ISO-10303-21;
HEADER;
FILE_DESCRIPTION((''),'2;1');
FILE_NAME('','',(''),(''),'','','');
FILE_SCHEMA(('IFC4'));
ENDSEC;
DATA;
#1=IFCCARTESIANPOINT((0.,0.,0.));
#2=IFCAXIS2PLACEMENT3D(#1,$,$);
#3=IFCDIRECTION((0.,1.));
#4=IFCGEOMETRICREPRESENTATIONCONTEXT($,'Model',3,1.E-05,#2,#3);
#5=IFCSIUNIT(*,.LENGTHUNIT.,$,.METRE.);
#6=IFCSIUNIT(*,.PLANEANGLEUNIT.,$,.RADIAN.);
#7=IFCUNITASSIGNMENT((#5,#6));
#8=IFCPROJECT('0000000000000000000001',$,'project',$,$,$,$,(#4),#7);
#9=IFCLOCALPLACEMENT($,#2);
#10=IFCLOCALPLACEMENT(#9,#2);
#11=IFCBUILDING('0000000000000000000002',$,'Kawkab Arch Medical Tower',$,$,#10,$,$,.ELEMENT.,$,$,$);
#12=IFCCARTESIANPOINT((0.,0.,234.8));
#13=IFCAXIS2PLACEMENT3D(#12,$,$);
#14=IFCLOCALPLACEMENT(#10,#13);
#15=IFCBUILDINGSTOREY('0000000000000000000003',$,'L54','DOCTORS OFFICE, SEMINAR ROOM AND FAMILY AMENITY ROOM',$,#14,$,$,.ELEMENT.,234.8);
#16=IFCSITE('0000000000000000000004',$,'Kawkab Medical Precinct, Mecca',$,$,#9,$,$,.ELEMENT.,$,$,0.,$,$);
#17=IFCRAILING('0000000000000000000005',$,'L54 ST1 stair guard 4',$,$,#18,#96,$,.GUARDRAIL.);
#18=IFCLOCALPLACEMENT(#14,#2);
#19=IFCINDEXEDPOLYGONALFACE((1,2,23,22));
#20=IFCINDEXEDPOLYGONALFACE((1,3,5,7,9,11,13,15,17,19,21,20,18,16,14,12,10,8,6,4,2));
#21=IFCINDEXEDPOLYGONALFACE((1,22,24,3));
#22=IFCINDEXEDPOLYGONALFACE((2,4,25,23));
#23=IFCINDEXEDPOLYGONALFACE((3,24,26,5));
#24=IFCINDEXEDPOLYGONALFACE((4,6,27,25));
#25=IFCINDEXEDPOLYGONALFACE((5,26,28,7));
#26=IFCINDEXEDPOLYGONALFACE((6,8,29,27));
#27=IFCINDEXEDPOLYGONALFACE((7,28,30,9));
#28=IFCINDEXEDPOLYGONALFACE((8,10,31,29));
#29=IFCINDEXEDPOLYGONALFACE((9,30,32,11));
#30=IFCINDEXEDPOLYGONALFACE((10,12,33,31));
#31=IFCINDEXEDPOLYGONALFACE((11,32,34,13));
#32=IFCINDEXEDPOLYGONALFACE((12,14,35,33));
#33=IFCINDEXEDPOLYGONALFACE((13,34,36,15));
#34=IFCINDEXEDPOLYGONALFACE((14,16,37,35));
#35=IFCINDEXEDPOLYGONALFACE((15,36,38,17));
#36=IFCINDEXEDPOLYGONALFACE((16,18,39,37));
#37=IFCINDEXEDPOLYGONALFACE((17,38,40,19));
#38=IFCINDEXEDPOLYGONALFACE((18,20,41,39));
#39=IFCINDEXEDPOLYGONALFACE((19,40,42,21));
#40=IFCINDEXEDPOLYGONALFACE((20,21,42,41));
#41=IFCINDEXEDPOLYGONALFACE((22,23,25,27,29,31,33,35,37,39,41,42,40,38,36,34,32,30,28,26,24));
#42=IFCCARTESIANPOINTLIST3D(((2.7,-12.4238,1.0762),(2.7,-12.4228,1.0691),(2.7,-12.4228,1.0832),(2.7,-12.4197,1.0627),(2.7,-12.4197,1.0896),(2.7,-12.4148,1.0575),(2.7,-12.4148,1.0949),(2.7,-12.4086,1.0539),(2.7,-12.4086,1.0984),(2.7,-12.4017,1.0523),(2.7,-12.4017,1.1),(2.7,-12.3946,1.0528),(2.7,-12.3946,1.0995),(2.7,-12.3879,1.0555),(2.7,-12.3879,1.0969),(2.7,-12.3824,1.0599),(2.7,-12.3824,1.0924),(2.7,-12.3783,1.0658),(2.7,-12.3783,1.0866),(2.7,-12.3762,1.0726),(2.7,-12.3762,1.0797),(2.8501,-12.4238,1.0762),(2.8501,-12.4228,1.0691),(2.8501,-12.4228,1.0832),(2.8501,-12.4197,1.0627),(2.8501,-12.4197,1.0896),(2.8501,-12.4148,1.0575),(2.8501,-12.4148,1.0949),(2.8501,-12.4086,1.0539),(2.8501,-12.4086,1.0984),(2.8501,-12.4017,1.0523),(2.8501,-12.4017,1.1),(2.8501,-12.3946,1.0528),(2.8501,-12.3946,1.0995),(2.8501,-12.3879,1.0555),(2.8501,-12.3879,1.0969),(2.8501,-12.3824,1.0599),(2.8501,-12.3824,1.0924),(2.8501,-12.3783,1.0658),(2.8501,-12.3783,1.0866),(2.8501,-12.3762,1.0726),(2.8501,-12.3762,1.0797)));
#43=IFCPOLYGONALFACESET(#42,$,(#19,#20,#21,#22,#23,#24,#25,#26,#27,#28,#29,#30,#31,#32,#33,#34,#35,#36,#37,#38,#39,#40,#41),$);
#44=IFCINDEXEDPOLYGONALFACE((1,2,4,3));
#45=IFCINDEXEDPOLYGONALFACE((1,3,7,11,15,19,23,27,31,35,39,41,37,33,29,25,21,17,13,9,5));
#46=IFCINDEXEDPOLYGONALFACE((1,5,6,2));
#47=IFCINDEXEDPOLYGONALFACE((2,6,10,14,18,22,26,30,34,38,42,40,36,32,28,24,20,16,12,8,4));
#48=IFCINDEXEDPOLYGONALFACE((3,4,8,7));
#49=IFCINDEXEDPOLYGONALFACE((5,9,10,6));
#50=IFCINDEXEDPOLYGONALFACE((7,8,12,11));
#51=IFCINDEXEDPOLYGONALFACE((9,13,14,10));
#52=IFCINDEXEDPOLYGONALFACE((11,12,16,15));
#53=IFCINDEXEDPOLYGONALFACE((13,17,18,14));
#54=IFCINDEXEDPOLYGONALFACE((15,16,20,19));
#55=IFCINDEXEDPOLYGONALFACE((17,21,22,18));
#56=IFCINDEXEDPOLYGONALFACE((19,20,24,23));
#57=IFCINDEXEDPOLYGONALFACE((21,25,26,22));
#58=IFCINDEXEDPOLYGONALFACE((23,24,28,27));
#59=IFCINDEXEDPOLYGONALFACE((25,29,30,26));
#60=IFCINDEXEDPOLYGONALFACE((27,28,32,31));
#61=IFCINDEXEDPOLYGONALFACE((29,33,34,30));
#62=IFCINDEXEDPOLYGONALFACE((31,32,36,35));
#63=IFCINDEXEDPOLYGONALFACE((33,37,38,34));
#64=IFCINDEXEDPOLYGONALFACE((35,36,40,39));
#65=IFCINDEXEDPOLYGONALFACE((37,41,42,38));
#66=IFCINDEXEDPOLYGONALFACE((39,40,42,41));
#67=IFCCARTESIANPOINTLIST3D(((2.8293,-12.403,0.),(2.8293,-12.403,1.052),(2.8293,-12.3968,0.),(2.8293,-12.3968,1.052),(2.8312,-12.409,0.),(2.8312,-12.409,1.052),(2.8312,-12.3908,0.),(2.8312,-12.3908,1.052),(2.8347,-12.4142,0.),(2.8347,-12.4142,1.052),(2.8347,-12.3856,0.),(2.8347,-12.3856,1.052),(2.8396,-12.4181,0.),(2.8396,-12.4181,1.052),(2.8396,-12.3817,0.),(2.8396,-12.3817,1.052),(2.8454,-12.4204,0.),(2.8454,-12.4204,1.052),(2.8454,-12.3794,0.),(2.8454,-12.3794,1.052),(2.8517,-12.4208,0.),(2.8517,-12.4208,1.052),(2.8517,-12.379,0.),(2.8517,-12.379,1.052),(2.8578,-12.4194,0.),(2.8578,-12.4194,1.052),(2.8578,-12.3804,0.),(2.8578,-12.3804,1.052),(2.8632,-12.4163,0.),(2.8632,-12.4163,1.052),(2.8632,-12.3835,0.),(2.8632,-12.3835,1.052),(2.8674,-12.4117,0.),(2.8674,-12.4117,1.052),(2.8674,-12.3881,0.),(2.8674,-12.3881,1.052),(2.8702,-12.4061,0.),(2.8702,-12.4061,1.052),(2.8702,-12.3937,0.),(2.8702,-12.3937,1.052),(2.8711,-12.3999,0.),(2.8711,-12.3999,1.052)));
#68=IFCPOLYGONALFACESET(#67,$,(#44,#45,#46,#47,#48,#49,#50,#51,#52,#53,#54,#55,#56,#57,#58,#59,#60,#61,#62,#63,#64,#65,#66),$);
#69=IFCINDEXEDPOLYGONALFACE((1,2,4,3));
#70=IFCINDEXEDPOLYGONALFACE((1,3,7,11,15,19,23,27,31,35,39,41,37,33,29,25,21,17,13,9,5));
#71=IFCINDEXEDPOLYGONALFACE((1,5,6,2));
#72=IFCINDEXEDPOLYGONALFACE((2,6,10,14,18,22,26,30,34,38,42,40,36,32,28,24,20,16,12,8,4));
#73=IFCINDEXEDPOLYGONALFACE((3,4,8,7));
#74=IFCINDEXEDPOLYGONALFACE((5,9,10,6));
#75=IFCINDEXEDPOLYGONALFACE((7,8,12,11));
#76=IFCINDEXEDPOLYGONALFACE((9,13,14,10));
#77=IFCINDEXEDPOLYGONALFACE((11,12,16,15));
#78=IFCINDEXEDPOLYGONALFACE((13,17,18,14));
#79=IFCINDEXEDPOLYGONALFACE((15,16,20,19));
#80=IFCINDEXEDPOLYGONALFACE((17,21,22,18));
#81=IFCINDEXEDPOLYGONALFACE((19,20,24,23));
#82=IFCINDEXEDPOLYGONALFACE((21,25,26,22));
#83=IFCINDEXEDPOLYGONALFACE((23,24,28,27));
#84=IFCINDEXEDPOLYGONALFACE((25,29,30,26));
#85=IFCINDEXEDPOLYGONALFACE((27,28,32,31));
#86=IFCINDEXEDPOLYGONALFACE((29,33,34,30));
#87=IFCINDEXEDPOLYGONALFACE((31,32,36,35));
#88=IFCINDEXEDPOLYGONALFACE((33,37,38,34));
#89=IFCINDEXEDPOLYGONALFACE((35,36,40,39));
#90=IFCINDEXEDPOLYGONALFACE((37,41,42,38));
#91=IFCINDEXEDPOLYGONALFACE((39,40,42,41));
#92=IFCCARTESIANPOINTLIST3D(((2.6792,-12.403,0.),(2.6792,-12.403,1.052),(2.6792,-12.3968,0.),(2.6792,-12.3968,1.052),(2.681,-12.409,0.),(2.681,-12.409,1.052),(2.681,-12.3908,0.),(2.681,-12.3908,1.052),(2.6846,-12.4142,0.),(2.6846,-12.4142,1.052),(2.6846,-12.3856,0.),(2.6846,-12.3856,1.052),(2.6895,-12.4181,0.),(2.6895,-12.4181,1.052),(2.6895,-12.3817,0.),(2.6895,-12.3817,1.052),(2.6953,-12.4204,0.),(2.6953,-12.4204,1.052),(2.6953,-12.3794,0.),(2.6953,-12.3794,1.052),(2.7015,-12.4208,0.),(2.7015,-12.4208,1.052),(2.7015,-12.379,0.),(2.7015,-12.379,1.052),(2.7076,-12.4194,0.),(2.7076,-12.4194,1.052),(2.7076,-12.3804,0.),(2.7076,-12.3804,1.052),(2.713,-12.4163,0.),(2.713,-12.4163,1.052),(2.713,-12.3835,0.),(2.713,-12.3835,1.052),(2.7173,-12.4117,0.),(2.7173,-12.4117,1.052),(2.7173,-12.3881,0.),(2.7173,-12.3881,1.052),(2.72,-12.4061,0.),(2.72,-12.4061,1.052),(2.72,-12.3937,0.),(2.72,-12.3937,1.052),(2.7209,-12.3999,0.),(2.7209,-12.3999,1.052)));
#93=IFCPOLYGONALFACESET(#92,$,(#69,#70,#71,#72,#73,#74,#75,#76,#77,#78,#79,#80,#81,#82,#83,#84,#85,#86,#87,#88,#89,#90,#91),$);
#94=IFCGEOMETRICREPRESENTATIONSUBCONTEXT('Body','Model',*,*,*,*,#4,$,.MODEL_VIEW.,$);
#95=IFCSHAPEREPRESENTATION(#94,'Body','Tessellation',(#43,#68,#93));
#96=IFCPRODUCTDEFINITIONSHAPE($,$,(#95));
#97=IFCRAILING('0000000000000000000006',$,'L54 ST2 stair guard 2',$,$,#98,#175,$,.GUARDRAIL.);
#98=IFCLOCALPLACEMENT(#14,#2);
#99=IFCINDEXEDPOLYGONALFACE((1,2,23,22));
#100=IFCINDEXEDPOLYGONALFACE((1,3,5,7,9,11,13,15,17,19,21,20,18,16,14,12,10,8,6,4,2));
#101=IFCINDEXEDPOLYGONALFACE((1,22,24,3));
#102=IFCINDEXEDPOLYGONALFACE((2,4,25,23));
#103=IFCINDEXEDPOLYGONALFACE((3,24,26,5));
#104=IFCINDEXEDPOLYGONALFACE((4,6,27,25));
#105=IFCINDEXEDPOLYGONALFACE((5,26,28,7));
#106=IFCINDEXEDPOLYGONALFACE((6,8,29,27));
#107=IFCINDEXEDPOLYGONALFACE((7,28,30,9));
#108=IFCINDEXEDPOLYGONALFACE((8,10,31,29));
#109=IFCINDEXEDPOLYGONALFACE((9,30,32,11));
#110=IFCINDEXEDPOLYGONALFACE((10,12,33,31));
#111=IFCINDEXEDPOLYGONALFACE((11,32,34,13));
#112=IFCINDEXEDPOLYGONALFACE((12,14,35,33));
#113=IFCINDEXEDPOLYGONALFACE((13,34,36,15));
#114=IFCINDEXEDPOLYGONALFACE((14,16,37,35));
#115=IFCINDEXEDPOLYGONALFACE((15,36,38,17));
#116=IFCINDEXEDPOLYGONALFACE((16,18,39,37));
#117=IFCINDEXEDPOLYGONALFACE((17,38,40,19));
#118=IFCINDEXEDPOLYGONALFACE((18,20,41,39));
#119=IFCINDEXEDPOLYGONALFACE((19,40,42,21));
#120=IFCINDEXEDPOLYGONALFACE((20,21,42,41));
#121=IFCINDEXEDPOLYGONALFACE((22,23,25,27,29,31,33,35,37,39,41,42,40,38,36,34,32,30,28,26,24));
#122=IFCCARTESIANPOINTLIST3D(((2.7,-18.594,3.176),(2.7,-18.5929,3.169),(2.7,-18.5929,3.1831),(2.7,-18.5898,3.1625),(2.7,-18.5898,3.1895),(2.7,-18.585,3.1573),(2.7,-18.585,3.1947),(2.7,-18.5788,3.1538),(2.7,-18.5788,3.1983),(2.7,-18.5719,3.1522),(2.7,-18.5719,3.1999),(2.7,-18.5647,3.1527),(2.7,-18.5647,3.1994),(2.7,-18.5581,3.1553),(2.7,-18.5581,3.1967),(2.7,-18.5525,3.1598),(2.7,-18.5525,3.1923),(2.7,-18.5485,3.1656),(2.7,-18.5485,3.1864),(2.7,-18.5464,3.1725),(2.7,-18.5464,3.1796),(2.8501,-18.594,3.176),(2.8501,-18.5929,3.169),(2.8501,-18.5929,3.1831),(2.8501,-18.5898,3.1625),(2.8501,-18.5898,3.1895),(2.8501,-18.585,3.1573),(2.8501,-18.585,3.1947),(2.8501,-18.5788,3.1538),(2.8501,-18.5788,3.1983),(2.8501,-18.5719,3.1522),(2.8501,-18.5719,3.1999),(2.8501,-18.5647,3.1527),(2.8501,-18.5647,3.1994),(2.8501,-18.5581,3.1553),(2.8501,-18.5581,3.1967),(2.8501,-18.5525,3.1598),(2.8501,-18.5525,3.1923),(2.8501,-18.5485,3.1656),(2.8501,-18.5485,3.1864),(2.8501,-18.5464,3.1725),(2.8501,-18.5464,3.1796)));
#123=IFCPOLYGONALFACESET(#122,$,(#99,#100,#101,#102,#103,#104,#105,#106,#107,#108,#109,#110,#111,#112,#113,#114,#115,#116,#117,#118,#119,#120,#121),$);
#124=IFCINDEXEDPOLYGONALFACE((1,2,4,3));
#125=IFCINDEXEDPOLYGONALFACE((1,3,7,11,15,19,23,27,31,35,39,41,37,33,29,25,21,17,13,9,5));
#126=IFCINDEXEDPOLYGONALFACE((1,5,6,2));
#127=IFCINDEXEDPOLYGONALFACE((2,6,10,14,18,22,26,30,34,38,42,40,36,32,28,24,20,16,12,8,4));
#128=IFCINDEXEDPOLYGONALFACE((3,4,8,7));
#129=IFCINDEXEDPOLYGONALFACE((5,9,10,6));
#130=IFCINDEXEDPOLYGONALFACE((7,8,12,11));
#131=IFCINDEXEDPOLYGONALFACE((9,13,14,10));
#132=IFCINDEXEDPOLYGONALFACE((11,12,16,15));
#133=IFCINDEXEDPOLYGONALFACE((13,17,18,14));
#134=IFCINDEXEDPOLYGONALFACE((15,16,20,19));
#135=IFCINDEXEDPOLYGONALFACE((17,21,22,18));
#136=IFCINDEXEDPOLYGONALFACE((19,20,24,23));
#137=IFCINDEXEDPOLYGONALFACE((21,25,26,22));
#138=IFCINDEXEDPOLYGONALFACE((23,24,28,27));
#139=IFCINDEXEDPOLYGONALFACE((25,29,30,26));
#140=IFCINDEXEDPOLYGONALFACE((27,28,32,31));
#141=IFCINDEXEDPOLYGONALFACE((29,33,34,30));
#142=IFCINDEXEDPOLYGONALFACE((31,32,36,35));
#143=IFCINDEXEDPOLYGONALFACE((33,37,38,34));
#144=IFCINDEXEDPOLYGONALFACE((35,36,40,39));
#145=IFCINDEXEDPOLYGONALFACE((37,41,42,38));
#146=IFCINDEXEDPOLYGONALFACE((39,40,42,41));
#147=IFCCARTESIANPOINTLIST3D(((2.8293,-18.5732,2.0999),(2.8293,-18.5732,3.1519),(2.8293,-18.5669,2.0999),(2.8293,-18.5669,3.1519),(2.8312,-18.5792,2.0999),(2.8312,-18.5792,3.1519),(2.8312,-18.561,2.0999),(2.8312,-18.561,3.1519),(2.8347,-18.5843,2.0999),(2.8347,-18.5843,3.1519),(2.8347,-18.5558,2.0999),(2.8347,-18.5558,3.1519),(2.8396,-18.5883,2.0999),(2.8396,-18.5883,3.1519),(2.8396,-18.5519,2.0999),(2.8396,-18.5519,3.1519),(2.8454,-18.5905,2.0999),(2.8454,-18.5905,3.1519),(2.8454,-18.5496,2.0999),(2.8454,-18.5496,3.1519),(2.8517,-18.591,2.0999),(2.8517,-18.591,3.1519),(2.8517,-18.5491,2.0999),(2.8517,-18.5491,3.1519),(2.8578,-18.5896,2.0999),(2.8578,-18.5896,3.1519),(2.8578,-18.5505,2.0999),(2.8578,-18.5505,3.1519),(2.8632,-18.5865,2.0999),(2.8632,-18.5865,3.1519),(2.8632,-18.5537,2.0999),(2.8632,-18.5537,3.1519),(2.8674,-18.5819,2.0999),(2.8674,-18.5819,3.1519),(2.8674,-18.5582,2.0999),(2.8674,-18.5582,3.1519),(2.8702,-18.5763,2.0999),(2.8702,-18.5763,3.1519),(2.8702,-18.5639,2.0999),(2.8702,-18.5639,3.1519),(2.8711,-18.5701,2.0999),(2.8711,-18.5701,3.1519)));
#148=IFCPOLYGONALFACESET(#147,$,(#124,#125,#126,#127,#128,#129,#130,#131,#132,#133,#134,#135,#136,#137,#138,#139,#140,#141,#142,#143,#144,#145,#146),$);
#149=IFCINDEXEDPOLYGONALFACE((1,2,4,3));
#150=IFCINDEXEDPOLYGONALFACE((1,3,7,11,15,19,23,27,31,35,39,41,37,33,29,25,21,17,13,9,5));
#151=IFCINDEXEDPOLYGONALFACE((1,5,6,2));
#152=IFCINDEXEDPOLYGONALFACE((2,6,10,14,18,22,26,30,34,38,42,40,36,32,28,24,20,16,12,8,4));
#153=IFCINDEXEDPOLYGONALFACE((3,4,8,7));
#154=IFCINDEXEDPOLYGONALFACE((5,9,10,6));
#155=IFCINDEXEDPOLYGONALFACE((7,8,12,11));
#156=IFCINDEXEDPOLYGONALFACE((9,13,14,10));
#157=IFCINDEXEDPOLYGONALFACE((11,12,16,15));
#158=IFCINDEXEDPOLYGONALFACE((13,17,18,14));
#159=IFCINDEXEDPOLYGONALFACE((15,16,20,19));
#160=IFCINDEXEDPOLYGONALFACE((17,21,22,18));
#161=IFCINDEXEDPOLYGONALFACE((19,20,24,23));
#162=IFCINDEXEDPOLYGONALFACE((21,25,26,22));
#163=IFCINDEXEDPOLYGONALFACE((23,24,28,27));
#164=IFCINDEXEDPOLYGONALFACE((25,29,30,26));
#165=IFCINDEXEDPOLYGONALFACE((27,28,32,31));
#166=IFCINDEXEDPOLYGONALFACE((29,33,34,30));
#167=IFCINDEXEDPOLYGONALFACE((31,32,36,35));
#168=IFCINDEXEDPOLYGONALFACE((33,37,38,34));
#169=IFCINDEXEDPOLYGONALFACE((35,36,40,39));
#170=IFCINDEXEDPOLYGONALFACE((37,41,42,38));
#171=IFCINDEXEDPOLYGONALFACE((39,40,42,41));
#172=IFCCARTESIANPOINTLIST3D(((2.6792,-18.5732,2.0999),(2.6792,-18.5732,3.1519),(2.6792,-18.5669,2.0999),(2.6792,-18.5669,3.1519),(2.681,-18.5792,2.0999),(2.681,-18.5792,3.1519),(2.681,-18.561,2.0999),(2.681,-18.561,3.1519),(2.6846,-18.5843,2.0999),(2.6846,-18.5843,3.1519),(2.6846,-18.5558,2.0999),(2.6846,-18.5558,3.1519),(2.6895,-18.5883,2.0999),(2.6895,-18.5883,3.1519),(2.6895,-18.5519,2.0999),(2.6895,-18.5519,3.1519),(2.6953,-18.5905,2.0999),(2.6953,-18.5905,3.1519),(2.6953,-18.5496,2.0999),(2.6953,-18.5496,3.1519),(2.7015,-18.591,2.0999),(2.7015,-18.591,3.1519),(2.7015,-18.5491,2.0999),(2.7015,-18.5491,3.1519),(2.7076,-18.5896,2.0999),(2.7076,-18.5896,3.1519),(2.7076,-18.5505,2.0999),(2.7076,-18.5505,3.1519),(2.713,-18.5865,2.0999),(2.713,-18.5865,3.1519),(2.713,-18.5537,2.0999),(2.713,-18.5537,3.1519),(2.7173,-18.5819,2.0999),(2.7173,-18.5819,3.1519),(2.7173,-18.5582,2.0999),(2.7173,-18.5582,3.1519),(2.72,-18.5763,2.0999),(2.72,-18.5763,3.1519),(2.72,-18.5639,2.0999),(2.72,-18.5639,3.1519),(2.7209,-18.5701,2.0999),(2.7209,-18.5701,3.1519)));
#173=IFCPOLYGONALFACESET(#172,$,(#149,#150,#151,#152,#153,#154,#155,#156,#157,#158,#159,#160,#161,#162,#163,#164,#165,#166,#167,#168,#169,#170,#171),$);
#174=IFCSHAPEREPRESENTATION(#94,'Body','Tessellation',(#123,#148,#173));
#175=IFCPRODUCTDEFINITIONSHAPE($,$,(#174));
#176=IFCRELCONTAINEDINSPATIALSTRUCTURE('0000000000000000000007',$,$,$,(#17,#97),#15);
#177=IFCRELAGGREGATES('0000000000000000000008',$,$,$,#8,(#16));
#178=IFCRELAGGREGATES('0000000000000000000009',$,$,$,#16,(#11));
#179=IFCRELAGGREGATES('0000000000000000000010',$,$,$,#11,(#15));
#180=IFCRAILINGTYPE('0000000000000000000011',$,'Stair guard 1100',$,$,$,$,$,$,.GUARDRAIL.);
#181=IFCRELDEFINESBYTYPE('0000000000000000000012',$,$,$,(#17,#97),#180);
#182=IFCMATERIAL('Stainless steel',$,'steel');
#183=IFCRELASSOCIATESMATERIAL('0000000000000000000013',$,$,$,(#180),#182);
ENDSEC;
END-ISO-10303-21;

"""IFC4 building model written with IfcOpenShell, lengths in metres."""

from ifc_helpers import new_model, si_unit, direction, frame, origin, origin_2d, place, context, subcontext, project, spatial, circle, extrude, material, type_object, element, save


model = new_model("IFC4")

# Units and contexts
model_context = context("Model", 3, precision=1e-05, world=origin(), true_north=direction((0.0, 1.0)))
body_context = subcontext(model_context, "Body", "Model", "MODEL_VIEW")
ifc_project = project(units=[si_unit("LENGTHUNIT", "METRE"), si_unit("PLANEANGLEUNIT", "RADIAN")], contexts=[model_context])

# Site, building, storey
site_placement = place(None, origin())
site = spatial("IfcSite", under=ifc_project, at=site_placement, Name="Kawkab Medical Precinct, Mecca", CompositionType="ELEMENT", RefElevation=0.0)
building_placement = place(site_placement, origin())
building = spatial("IfcBuilding", under=site, at=building_placement, Name="Kawkab Arch Medical Tower", CompositionType="ELEMENT")
storey_placement = place(building_placement, frame((0.0, 0.0, 234.8)))
storey = spatial("IfcBuildingStorey", under=building, at=storey_placement, Name="L54", Description="DOCTORS OFFICE, SEMINAR ROOM AND FAMILY AMENITY ROOM", CompositionType="ELEMENT", Elevation=234.8)

# Railings
ifc_material_1 = material(Name="Stainless steel", Category="steel")
railing_type_1 = type_object("IfcRailingType", Name="Stair guard 1100", PredefinedType="GUARDRAIL", material=ifc_material_1)
for number, where, name in (
    (1, (2.8501, -12.3999, 0.0), "L54 ST1 stair guard 4"),
    (2, (2.8501, -18.5701, 2.0999), "L54 ST2 stair guard 2"),
):
    element("IfcRailing", number, at=place(storey_placement, frame(where)), inside=storey, type_object=railing_type_1, Name=name, PredefinedType="GUARDRAIL", context=body_context, shape_type="SweptSolid", body=[
        extrude(circle(Radius=0.0239, at=origin_2d()), frame((0.0, 0.0, 1.0762), z_axis=(-1.0, 0.0, 0.0), x_axis=(0.0, -1.0, 0.0)), (0.0, 0.0, 1.0), 0.1501),
        extrude(circle(Radius=0.021, at=origin_2d()), origin(), (0.0, 0.0, 1.0), 1.052),
        extrude(circle(Radius=0.021, at=origin_2d()), frame((-0.1501, 0.0, 0.0)), (0.0, 0.0, 1.0), 1.052),
    ])

save(model, "model.ifc")
